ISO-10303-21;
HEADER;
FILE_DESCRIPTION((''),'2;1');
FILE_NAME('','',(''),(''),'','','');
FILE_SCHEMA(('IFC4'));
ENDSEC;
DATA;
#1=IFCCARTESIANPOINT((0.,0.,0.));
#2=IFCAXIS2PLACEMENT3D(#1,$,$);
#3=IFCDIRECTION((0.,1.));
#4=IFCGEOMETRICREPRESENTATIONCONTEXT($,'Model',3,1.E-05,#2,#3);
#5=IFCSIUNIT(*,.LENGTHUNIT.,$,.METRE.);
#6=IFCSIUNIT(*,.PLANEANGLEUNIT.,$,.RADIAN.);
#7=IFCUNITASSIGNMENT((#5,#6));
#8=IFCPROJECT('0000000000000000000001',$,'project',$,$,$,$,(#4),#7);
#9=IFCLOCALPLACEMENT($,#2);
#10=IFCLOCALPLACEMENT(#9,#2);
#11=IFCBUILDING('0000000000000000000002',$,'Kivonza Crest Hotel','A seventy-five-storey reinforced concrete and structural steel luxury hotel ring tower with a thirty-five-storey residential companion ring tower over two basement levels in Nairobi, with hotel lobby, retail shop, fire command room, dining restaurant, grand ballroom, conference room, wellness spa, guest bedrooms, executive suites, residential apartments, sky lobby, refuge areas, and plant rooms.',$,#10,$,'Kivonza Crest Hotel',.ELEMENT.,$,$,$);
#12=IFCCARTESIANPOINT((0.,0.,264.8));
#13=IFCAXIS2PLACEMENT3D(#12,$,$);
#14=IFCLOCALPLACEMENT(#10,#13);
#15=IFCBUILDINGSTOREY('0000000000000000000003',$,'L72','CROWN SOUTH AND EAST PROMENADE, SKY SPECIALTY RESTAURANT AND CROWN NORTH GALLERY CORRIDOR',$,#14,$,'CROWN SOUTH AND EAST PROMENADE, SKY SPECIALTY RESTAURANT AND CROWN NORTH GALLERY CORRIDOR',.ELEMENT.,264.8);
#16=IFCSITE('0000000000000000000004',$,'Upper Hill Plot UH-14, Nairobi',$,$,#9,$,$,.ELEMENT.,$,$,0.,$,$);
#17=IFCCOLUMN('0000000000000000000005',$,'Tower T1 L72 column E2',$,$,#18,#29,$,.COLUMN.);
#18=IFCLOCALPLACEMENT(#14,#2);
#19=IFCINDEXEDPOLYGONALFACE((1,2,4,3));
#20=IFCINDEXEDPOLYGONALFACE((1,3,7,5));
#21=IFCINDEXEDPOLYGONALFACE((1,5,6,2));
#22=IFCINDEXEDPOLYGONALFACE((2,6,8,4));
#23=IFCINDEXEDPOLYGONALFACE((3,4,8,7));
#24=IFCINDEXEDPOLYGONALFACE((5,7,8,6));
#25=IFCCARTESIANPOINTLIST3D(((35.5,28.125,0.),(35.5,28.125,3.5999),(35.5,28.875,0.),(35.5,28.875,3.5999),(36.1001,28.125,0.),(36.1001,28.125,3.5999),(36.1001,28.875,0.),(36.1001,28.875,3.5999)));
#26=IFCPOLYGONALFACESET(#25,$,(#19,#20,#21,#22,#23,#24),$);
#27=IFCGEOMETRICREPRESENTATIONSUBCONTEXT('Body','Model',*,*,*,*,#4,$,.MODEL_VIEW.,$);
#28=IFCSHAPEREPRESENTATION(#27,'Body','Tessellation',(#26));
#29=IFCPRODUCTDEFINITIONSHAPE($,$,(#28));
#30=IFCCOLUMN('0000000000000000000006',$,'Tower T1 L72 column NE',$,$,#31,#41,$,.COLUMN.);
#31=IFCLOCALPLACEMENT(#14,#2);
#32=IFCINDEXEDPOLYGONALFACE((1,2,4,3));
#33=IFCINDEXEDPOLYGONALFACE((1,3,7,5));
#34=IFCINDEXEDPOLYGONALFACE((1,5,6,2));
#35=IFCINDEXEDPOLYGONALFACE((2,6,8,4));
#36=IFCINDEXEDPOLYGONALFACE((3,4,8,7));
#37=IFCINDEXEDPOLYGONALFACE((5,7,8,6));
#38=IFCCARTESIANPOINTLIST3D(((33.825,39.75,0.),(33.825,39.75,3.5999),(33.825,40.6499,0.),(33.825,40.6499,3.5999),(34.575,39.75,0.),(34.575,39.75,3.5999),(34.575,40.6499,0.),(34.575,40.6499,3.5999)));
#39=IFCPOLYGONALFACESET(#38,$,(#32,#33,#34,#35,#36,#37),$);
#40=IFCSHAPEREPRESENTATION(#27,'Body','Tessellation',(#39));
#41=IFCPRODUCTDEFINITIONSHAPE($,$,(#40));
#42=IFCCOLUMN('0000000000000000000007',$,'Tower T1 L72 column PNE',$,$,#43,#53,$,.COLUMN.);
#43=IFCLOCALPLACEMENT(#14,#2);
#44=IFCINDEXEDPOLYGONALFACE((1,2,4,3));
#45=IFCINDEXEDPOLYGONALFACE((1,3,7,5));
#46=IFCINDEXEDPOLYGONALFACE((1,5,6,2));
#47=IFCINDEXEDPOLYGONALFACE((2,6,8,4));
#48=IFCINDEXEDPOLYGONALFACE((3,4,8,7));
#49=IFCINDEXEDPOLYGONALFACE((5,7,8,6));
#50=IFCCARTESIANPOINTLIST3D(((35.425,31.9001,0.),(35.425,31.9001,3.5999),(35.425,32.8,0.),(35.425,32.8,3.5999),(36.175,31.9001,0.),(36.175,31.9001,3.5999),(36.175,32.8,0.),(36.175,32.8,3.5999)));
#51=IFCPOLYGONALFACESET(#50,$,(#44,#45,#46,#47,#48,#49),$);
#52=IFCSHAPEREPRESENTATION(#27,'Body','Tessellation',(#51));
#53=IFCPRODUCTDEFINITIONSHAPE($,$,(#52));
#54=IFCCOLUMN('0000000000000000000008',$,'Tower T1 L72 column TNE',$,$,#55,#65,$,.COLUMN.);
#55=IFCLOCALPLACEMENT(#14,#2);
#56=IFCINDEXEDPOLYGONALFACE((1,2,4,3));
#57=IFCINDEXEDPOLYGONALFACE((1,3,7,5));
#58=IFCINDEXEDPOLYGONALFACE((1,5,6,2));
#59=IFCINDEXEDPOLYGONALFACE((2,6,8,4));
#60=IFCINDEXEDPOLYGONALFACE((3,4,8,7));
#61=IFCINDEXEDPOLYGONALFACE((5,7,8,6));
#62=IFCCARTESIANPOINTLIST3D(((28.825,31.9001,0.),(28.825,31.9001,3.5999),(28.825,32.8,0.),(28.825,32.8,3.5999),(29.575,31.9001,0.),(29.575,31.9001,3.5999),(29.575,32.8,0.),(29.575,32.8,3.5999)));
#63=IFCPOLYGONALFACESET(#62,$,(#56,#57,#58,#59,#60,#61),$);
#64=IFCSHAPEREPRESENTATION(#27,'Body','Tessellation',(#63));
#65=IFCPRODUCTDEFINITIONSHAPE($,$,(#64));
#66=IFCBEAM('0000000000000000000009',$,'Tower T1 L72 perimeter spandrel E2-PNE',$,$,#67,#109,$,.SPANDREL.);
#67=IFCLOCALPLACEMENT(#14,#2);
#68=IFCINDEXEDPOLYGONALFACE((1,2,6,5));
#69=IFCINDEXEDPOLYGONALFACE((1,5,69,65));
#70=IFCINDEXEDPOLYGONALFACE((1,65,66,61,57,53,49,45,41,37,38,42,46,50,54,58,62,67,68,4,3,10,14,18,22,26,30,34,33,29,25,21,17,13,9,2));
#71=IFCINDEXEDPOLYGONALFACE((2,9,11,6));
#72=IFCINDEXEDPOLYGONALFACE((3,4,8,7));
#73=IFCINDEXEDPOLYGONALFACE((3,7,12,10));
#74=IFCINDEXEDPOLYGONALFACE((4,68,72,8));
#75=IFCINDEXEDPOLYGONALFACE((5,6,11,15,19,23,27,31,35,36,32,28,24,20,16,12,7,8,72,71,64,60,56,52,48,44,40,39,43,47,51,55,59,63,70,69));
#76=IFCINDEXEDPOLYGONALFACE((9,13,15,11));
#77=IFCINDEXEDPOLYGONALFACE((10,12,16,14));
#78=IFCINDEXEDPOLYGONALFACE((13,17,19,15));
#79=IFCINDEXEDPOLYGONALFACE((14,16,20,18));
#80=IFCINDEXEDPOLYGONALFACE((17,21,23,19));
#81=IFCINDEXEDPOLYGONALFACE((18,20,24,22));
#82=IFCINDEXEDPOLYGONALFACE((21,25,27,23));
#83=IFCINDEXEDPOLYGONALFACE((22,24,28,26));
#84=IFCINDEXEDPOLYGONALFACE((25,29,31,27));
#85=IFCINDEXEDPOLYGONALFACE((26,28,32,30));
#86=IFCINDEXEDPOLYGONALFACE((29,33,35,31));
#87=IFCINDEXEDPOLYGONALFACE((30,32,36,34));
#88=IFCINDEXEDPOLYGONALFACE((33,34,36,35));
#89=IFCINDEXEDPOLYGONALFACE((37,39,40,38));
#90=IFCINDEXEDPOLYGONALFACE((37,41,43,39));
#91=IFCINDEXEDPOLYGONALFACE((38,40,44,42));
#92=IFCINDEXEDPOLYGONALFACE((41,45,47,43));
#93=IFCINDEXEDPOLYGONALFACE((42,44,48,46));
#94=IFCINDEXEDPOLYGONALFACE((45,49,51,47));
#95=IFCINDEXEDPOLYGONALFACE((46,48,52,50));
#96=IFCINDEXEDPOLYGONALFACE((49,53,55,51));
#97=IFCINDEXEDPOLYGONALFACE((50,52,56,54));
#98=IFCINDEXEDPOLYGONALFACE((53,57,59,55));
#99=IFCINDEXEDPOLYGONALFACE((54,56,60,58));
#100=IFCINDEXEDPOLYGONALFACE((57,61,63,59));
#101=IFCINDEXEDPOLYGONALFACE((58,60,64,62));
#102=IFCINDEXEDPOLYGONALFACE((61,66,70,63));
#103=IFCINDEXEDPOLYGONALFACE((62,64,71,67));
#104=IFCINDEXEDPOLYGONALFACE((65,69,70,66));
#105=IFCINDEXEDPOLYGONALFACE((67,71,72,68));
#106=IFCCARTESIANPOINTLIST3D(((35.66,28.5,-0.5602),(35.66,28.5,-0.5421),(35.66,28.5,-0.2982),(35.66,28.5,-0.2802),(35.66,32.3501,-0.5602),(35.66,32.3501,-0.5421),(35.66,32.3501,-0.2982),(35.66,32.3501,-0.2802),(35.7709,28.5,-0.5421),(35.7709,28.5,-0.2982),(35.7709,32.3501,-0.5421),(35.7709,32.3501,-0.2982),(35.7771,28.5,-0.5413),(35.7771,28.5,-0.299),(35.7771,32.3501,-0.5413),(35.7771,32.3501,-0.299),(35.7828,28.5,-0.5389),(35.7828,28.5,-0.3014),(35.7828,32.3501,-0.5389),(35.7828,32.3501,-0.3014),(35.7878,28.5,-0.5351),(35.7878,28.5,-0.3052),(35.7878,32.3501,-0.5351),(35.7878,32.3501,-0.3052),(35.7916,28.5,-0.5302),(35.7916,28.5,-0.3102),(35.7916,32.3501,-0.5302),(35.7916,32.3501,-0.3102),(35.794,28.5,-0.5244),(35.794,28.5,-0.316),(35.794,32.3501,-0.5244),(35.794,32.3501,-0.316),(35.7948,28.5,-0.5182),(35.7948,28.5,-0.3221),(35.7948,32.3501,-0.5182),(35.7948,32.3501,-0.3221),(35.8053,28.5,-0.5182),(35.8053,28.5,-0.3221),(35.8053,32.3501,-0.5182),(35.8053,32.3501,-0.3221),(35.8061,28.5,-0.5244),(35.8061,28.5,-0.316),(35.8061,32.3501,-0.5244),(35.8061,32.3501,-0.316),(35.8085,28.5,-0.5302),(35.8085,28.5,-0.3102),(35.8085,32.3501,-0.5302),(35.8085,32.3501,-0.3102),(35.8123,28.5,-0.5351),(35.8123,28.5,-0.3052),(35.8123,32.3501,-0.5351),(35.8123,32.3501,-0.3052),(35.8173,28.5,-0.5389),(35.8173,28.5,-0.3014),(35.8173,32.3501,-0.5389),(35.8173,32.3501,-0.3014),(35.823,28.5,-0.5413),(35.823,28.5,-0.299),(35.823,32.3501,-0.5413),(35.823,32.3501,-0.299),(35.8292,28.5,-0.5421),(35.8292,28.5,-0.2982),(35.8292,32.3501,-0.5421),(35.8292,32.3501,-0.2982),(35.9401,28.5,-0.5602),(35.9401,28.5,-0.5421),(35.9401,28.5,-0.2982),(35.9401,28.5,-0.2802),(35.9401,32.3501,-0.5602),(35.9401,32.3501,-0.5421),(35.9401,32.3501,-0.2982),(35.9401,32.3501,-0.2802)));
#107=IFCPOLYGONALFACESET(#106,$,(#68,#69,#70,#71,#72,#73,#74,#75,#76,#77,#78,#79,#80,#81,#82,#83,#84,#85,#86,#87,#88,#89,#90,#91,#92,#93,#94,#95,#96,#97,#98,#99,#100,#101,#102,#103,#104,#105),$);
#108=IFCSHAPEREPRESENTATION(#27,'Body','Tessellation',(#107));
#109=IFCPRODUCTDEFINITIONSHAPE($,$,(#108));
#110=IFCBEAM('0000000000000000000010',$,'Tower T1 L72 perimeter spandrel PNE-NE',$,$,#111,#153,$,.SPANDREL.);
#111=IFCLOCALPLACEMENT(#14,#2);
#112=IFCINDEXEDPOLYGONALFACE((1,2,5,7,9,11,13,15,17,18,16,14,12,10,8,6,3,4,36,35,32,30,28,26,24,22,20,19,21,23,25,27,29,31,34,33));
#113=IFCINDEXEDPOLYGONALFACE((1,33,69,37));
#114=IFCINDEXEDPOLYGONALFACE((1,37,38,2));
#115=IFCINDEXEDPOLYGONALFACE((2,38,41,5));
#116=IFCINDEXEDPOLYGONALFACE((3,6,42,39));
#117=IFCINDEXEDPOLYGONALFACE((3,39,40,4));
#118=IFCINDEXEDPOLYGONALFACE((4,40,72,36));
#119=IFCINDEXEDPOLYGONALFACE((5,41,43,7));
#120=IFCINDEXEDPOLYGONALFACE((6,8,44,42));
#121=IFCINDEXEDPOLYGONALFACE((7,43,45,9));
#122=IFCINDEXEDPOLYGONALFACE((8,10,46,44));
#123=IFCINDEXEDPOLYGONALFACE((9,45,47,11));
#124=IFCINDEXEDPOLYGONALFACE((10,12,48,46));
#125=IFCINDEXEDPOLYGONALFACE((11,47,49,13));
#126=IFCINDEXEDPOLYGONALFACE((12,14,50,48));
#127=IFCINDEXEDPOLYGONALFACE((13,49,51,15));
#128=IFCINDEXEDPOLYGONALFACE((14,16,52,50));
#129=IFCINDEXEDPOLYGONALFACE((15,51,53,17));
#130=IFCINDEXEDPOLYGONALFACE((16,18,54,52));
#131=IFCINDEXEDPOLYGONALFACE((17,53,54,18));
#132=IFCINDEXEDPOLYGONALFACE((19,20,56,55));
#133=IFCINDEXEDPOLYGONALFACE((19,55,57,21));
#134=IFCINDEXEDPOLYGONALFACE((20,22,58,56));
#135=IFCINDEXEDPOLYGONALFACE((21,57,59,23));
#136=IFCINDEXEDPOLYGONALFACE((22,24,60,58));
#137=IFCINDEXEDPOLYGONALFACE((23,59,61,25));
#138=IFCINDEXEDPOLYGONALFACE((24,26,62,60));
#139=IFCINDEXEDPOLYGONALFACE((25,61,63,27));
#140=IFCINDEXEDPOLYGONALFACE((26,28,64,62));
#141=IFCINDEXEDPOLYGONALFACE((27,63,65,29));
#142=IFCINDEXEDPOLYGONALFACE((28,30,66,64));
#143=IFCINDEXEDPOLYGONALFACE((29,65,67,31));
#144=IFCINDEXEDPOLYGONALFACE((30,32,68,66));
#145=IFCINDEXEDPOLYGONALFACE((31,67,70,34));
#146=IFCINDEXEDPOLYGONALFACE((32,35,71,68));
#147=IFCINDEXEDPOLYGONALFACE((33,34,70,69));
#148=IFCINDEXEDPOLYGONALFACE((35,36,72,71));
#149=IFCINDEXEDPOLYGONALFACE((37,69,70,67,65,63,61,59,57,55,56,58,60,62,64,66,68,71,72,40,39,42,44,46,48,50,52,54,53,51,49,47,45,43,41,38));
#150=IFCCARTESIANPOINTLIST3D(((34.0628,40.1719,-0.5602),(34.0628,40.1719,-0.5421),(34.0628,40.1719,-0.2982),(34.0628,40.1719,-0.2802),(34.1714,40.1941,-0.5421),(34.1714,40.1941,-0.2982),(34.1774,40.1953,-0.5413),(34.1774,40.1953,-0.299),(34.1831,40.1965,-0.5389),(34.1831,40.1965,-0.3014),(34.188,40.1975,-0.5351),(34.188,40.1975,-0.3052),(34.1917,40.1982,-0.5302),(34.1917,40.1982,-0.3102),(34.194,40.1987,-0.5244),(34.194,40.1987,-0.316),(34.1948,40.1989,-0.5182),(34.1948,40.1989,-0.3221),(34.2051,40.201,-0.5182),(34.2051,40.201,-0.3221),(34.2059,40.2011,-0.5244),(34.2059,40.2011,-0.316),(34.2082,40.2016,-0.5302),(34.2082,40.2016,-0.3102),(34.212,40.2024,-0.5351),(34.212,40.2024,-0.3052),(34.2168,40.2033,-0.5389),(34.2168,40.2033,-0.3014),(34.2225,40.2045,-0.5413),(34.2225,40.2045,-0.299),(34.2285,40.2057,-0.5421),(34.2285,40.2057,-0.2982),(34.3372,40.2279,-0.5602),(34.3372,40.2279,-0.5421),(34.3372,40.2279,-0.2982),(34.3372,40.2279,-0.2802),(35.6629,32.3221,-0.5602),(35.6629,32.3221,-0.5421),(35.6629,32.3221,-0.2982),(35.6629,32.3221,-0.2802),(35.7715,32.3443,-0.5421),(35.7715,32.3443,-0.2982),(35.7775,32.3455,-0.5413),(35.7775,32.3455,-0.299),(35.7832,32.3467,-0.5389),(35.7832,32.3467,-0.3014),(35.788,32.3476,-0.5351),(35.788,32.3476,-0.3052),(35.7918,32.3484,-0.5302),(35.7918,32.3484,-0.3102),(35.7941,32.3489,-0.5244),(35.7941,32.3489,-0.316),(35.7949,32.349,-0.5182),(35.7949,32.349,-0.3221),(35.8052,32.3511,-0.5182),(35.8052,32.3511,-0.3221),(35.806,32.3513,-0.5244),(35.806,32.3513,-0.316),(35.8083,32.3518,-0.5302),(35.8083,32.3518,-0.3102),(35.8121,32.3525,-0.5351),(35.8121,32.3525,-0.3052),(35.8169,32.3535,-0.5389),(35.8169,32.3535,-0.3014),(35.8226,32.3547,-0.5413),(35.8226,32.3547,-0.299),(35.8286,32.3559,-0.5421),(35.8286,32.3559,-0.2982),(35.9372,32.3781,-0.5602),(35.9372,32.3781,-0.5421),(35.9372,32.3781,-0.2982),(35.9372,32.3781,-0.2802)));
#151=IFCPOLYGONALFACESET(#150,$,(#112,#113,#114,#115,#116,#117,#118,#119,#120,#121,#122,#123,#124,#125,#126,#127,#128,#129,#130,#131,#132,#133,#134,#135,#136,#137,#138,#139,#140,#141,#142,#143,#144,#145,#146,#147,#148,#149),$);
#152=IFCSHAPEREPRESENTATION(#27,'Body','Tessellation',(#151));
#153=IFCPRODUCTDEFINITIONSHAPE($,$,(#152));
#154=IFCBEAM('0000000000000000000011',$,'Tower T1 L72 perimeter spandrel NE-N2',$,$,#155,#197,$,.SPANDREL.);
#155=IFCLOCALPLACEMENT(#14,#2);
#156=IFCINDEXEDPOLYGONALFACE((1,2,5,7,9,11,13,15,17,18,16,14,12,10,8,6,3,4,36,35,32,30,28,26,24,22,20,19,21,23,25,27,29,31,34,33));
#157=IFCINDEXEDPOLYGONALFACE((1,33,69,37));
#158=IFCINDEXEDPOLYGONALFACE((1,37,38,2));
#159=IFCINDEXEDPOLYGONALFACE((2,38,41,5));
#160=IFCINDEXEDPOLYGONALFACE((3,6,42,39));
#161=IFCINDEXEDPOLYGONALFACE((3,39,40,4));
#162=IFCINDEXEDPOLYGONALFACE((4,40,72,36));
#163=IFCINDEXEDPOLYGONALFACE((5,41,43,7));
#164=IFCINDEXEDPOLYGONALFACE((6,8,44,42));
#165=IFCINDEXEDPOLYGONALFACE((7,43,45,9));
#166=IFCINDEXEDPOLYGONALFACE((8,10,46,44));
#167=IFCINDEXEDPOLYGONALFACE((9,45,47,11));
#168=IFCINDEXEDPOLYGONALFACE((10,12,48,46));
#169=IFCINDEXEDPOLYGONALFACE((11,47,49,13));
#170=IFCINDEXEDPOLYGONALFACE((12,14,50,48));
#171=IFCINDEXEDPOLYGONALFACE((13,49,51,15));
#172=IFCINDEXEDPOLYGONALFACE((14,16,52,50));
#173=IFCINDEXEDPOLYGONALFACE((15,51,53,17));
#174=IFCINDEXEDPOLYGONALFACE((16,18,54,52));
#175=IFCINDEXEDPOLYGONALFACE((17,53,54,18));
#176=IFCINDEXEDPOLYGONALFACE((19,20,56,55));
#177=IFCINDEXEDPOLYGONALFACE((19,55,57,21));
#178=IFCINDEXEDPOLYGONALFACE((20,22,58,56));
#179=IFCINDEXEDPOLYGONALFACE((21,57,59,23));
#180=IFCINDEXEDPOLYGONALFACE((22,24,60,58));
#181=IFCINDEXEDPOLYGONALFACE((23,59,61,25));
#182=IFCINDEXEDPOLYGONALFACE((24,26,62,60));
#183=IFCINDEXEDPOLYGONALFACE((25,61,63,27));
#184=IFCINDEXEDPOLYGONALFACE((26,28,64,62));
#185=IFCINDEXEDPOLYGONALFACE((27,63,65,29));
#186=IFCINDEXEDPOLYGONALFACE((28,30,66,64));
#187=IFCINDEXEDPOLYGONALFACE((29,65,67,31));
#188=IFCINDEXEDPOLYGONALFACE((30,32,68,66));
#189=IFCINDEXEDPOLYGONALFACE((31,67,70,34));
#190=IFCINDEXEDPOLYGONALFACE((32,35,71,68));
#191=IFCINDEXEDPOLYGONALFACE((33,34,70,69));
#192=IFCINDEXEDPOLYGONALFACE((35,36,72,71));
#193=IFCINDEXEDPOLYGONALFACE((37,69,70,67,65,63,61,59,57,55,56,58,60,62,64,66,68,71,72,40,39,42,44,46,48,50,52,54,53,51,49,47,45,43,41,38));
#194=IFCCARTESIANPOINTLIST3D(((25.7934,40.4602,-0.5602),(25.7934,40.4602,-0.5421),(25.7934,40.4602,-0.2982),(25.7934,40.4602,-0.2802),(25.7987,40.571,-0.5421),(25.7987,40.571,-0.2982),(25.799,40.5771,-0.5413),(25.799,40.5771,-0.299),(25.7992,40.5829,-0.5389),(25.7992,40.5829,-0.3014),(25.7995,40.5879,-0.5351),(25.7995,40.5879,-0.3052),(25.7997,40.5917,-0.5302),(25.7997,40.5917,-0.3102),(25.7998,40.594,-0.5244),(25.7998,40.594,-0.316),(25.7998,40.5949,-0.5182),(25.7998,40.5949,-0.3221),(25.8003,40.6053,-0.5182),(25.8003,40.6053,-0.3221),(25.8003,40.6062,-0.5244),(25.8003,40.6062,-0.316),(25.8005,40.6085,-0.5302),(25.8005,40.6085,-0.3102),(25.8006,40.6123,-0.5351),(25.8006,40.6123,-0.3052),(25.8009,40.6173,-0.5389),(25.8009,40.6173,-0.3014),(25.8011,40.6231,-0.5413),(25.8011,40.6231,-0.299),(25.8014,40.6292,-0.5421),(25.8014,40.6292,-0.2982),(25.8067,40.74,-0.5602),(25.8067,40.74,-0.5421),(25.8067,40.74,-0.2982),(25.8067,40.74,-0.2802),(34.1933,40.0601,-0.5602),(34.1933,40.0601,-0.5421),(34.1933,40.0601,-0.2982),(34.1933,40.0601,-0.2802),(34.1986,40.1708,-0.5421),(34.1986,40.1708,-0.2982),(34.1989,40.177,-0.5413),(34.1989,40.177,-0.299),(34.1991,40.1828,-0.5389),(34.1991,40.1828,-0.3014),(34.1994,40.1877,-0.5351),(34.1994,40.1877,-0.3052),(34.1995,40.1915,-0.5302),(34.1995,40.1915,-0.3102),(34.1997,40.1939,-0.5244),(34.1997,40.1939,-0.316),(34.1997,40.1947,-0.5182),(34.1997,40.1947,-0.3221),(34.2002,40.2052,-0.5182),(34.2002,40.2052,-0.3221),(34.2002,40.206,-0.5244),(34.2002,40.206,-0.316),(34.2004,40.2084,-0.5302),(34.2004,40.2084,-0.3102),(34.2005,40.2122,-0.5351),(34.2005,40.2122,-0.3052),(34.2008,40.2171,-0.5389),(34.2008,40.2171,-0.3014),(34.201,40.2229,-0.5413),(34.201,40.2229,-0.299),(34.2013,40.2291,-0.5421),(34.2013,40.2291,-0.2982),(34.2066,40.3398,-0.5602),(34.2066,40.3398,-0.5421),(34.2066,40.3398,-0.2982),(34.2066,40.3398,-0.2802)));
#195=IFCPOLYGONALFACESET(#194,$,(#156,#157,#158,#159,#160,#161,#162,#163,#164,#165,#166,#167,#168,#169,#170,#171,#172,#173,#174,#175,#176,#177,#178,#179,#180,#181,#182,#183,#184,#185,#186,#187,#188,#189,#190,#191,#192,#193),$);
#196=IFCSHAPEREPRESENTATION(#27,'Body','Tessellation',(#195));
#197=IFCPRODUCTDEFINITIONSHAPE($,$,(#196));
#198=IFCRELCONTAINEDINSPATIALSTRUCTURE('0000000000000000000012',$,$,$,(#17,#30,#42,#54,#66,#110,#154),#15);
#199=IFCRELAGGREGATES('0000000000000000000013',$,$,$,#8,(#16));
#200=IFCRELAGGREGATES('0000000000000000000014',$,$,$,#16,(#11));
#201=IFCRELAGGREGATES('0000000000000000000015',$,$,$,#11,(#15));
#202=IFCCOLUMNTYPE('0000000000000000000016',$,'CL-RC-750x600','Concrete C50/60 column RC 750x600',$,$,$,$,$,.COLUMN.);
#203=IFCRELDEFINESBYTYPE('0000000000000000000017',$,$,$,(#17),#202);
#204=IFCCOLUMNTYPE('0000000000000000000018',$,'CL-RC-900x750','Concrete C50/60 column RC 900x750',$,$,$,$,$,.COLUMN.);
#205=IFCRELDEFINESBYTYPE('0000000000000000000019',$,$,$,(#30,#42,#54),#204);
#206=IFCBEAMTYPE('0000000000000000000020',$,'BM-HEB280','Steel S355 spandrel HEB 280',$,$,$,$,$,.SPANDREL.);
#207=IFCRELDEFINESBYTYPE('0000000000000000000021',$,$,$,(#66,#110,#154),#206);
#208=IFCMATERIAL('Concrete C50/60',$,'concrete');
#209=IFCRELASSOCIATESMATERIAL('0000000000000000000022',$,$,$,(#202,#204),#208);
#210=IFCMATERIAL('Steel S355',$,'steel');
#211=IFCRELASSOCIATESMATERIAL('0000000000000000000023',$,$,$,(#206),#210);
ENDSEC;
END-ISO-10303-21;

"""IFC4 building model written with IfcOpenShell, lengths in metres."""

from ifc_helpers import new_model, si_unit, direction, frame, origin, origin_2d, place, context, subcontext, project, spatial, rectangle, i_section, extrude, material, material_profile, profile_set, type_object, element, save


model = new_model("IFC4")

# Units and contexts
model_context = context("Model", 3, precision=1e-05, world=origin(), true_north=direction((0.0, 1.0)))
body_context = subcontext(model_context, "Body", "Model", "MODEL_VIEW")
ifc_project = project(units=[si_unit("LENGTHUNIT", "METRE"), si_unit("PLANEANGLEUNIT", "RADIAN")], contexts=[model_context])

# Site, building, storey
site_placement = place(None, origin())
site = spatial("IfcSite", under=ifc_project, at=site_placement, Name="Upper Hill Plot UH-14, Nairobi", CompositionType="ELEMENT", RefElevation=0.0)
building_placement = place(site_placement, origin())
building = spatial("IfcBuilding", under=site, at=building_placement, Name="Kivonza Crest Hotel", Description="A seventy-five-storey reinforced concrete and structural steel luxury hotel ring tower with a thirty-five-storey residential companion ring tower over two basement levels in Nairobi, with hotel lobby, retail shop, fire command room, dining restaurant, grand ballroom, conference room, wellness spa, guest bedrooms, executive suites, residential apartments, sky lobby, refuge areas, and plant rooms.", LongName="Kivonza Crest Hotel", CompositionType="ELEMENT")
storey_placement = place(building_placement, frame((0.0, 0.0, 264.8)))
storey = spatial("IfcBuildingStorey", under=building, at=storey_placement, Name="L72", Description="CROWN SOUTH AND EAST PROMENADE, SKY SPECIALTY RESTAURANT AND CROWN NORTH GALLERY CORRIDOR", LongName="CROWN SOUTH AND EAST PROMENADE, SKY SPECIALTY RESTAURANT AND CROWN NORTH GALLERY CORRIDOR", CompositionType="ELEMENT", Elevation=264.8)

# Columns
ifc_material_1 = material(Name="Concrete C50/60", Category="concrete")
ifc_material_profile_1 = material_profile(ifc_material_1, rectangle(XDim=0.6001, YDim=0.75, at=origin_2d()), Name="RC 750x600")
ifc_profile_set_1 = profile_set([ifc_material_profile_1], Name="Concrete C50/60")
column_type_1 = type_object("IfcColumnType", Name="CL-RC-750x600", Description="Concrete C50/60 column RC 750x600", PredefinedType="COLUMN", material=ifc_profile_set_1)
column_placement = place(storey_placement, frame((35.8, 28.5, 0.0), z_axis=(0.0, 0.0, 1.0), x_axis=(1.0, 0.0, 0.0)))
element("IfcColumn", 1, at=column_placement, inside=storey, type_object=column_type_1, Name="Tower T1 L72 column E2", PredefinedType="COLUMN", context=body_context, shape_type="SweptSolid", body=[
    extrude(rectangle(XDim=0.6001, YDim=0.75, at=origin_2d()), origin(), (0.0, 0.0, 1.0), 3.5999),
])
ifc_material_profile_2 = material_profile(ifc_material_1, rectangle(XDim=0.75, YDim=0.8999, at=origin_2d()), Name="RC 900x750")
ifc_profile_set_2 = profile_set([ifc_material_profile_2], Name="Concrete C50/60")
column_type_2 = type_object("IfcColumnType", Name="CL-RC-900x750", Description="Concrete C50/60 column RC 900x750", PredefinedType="COLUMN", material=ifc_profile_set_2)
for number, where, z_axis, x_axis, name in (
    (2, (34.2, 40.2, 0.0), (0.0, 0.0, 1.0), (1.0, 0.0, 0.0), "Tower T1 L72 column NE"),
    (3, (35.8, 32.3501, 0.0), (0.0, 0.0, 1.0), (1.0, 0.0, 0.0), "Tower T1 L72 column PNE"),
    (4, (29.2, 32.3501, 0.0), (0.0, 0.0, 1.0), (1.0, 0.0, 0.0), "Tower T1 L72 column TNE"),
):
    element("IfcColumn", number, at=place(storey_placement, frame(where, z_axis=z_axis, x_axis=x_axis)), inside=storey, type_object=column_type_2, Name=name, PredefinedType="COLUMN", context=body_context, shape_type="SweptSolid", body=[
        extrude(rectangle(XDim=0.75, YDim=0.8999, at=origin_2d()), origin(), (0.0, 0.0, 1.0), 3.5999),
    ])

# Beams
ifc_material_2 = material(Name="Steel S355", Category="steel")
ifc_material_profile_3 = material_profile(ifc_material_2, i_section(OverallWidth=0.28, OverallDepth=0.28, WebThickness=0.0105, FlangeThickness=0.0181, FilletRadius=0.0239, at=origin_2d()), Name="HEB 280")
ifc_profile_set_3 = profile_set([ifc_material_profile_3], Name="Steel S355")
beam_type_1 = type_object("IfcBeamType", Name="BM-HEB280", Description="Steel S355 spandrel HEB 280", PredefinedType="SPANDREL", material=ifc_profile_set_3)
beam_1_placement = place(storey_placement, frame((35.8, 28.5, -0.4202), z_axis=(0.0, 1.0, 0.0), x_axis=(-1.0, 0.0, 0.0)))
element("IfcBeam", 5, at=beam_1_placement, inside=storey, type_object=beam_type_1, Name="Tower T1 L72 perimeter spandrel E2-PNE", PredefinedType="SPANDREL", context=body_context, shape_type="SweptSolid", body=[
    extrude(i_section(OverallWidth=0.28, OverallDepth=0.28, WebThickness=0.0105, FlangeThickness=0.0181, FilletRadius=0.0239, at=origin_2d()), origin(), (0.0, 0.0, 1.0), 3.8501),
])
beam_2_placement = place(storey_placement, frame((35.8, 32.3501, -0.4202), z_axis=(-0.199731, 0.979851, 0.0), x_axis=(-0.979851, -0.199731, 0.0)))
element("IfcBeam", 6, at=beam_2_placement, inside=storey, type_object=beam_type_1, Name="Tower T1 L72 perimeter spandrel PNE-NE", PredefinedType="SPANDREL", context=body_context, shape_type="SweptSolid", body=[
    extrude(i_section(OverallWidth=0.28, OverallDepth=0.28, WebThickness=0.0105, FlangeThickness=0.0181, FilletRadius=0.0239, at=origin_2d()), origin(), (0.0, 0.0, 1.0), 8.0112),
])
beam_3_placement = place(storey_placement, frame((34.2, 40.2, -0.4202), z_axis=(-0.998867, 0.047583, 0.0), x_axis=(-0.047583, -0.998867, 0.0)))
element("IfcBeam", 7, at=beam_3_placement, inside=storey, type_object=beam_type_1, Name="Tower T1 L72 perimeter spandrel NE-N2", PredefinedType="SPANDREL", context=body_context, shape_type="SweptSolid", body=[
    extrude(i_section(OverallWidth=0.28, OverallDepth=0.28, WebThickness=0.0105, FlangeThickness=0.0181, FilletRadius=0.0239, at=origin_2d()), origin(), (0.0, 0.0, 1.0), 8.4094),
])

save(model, "model.ifc")
